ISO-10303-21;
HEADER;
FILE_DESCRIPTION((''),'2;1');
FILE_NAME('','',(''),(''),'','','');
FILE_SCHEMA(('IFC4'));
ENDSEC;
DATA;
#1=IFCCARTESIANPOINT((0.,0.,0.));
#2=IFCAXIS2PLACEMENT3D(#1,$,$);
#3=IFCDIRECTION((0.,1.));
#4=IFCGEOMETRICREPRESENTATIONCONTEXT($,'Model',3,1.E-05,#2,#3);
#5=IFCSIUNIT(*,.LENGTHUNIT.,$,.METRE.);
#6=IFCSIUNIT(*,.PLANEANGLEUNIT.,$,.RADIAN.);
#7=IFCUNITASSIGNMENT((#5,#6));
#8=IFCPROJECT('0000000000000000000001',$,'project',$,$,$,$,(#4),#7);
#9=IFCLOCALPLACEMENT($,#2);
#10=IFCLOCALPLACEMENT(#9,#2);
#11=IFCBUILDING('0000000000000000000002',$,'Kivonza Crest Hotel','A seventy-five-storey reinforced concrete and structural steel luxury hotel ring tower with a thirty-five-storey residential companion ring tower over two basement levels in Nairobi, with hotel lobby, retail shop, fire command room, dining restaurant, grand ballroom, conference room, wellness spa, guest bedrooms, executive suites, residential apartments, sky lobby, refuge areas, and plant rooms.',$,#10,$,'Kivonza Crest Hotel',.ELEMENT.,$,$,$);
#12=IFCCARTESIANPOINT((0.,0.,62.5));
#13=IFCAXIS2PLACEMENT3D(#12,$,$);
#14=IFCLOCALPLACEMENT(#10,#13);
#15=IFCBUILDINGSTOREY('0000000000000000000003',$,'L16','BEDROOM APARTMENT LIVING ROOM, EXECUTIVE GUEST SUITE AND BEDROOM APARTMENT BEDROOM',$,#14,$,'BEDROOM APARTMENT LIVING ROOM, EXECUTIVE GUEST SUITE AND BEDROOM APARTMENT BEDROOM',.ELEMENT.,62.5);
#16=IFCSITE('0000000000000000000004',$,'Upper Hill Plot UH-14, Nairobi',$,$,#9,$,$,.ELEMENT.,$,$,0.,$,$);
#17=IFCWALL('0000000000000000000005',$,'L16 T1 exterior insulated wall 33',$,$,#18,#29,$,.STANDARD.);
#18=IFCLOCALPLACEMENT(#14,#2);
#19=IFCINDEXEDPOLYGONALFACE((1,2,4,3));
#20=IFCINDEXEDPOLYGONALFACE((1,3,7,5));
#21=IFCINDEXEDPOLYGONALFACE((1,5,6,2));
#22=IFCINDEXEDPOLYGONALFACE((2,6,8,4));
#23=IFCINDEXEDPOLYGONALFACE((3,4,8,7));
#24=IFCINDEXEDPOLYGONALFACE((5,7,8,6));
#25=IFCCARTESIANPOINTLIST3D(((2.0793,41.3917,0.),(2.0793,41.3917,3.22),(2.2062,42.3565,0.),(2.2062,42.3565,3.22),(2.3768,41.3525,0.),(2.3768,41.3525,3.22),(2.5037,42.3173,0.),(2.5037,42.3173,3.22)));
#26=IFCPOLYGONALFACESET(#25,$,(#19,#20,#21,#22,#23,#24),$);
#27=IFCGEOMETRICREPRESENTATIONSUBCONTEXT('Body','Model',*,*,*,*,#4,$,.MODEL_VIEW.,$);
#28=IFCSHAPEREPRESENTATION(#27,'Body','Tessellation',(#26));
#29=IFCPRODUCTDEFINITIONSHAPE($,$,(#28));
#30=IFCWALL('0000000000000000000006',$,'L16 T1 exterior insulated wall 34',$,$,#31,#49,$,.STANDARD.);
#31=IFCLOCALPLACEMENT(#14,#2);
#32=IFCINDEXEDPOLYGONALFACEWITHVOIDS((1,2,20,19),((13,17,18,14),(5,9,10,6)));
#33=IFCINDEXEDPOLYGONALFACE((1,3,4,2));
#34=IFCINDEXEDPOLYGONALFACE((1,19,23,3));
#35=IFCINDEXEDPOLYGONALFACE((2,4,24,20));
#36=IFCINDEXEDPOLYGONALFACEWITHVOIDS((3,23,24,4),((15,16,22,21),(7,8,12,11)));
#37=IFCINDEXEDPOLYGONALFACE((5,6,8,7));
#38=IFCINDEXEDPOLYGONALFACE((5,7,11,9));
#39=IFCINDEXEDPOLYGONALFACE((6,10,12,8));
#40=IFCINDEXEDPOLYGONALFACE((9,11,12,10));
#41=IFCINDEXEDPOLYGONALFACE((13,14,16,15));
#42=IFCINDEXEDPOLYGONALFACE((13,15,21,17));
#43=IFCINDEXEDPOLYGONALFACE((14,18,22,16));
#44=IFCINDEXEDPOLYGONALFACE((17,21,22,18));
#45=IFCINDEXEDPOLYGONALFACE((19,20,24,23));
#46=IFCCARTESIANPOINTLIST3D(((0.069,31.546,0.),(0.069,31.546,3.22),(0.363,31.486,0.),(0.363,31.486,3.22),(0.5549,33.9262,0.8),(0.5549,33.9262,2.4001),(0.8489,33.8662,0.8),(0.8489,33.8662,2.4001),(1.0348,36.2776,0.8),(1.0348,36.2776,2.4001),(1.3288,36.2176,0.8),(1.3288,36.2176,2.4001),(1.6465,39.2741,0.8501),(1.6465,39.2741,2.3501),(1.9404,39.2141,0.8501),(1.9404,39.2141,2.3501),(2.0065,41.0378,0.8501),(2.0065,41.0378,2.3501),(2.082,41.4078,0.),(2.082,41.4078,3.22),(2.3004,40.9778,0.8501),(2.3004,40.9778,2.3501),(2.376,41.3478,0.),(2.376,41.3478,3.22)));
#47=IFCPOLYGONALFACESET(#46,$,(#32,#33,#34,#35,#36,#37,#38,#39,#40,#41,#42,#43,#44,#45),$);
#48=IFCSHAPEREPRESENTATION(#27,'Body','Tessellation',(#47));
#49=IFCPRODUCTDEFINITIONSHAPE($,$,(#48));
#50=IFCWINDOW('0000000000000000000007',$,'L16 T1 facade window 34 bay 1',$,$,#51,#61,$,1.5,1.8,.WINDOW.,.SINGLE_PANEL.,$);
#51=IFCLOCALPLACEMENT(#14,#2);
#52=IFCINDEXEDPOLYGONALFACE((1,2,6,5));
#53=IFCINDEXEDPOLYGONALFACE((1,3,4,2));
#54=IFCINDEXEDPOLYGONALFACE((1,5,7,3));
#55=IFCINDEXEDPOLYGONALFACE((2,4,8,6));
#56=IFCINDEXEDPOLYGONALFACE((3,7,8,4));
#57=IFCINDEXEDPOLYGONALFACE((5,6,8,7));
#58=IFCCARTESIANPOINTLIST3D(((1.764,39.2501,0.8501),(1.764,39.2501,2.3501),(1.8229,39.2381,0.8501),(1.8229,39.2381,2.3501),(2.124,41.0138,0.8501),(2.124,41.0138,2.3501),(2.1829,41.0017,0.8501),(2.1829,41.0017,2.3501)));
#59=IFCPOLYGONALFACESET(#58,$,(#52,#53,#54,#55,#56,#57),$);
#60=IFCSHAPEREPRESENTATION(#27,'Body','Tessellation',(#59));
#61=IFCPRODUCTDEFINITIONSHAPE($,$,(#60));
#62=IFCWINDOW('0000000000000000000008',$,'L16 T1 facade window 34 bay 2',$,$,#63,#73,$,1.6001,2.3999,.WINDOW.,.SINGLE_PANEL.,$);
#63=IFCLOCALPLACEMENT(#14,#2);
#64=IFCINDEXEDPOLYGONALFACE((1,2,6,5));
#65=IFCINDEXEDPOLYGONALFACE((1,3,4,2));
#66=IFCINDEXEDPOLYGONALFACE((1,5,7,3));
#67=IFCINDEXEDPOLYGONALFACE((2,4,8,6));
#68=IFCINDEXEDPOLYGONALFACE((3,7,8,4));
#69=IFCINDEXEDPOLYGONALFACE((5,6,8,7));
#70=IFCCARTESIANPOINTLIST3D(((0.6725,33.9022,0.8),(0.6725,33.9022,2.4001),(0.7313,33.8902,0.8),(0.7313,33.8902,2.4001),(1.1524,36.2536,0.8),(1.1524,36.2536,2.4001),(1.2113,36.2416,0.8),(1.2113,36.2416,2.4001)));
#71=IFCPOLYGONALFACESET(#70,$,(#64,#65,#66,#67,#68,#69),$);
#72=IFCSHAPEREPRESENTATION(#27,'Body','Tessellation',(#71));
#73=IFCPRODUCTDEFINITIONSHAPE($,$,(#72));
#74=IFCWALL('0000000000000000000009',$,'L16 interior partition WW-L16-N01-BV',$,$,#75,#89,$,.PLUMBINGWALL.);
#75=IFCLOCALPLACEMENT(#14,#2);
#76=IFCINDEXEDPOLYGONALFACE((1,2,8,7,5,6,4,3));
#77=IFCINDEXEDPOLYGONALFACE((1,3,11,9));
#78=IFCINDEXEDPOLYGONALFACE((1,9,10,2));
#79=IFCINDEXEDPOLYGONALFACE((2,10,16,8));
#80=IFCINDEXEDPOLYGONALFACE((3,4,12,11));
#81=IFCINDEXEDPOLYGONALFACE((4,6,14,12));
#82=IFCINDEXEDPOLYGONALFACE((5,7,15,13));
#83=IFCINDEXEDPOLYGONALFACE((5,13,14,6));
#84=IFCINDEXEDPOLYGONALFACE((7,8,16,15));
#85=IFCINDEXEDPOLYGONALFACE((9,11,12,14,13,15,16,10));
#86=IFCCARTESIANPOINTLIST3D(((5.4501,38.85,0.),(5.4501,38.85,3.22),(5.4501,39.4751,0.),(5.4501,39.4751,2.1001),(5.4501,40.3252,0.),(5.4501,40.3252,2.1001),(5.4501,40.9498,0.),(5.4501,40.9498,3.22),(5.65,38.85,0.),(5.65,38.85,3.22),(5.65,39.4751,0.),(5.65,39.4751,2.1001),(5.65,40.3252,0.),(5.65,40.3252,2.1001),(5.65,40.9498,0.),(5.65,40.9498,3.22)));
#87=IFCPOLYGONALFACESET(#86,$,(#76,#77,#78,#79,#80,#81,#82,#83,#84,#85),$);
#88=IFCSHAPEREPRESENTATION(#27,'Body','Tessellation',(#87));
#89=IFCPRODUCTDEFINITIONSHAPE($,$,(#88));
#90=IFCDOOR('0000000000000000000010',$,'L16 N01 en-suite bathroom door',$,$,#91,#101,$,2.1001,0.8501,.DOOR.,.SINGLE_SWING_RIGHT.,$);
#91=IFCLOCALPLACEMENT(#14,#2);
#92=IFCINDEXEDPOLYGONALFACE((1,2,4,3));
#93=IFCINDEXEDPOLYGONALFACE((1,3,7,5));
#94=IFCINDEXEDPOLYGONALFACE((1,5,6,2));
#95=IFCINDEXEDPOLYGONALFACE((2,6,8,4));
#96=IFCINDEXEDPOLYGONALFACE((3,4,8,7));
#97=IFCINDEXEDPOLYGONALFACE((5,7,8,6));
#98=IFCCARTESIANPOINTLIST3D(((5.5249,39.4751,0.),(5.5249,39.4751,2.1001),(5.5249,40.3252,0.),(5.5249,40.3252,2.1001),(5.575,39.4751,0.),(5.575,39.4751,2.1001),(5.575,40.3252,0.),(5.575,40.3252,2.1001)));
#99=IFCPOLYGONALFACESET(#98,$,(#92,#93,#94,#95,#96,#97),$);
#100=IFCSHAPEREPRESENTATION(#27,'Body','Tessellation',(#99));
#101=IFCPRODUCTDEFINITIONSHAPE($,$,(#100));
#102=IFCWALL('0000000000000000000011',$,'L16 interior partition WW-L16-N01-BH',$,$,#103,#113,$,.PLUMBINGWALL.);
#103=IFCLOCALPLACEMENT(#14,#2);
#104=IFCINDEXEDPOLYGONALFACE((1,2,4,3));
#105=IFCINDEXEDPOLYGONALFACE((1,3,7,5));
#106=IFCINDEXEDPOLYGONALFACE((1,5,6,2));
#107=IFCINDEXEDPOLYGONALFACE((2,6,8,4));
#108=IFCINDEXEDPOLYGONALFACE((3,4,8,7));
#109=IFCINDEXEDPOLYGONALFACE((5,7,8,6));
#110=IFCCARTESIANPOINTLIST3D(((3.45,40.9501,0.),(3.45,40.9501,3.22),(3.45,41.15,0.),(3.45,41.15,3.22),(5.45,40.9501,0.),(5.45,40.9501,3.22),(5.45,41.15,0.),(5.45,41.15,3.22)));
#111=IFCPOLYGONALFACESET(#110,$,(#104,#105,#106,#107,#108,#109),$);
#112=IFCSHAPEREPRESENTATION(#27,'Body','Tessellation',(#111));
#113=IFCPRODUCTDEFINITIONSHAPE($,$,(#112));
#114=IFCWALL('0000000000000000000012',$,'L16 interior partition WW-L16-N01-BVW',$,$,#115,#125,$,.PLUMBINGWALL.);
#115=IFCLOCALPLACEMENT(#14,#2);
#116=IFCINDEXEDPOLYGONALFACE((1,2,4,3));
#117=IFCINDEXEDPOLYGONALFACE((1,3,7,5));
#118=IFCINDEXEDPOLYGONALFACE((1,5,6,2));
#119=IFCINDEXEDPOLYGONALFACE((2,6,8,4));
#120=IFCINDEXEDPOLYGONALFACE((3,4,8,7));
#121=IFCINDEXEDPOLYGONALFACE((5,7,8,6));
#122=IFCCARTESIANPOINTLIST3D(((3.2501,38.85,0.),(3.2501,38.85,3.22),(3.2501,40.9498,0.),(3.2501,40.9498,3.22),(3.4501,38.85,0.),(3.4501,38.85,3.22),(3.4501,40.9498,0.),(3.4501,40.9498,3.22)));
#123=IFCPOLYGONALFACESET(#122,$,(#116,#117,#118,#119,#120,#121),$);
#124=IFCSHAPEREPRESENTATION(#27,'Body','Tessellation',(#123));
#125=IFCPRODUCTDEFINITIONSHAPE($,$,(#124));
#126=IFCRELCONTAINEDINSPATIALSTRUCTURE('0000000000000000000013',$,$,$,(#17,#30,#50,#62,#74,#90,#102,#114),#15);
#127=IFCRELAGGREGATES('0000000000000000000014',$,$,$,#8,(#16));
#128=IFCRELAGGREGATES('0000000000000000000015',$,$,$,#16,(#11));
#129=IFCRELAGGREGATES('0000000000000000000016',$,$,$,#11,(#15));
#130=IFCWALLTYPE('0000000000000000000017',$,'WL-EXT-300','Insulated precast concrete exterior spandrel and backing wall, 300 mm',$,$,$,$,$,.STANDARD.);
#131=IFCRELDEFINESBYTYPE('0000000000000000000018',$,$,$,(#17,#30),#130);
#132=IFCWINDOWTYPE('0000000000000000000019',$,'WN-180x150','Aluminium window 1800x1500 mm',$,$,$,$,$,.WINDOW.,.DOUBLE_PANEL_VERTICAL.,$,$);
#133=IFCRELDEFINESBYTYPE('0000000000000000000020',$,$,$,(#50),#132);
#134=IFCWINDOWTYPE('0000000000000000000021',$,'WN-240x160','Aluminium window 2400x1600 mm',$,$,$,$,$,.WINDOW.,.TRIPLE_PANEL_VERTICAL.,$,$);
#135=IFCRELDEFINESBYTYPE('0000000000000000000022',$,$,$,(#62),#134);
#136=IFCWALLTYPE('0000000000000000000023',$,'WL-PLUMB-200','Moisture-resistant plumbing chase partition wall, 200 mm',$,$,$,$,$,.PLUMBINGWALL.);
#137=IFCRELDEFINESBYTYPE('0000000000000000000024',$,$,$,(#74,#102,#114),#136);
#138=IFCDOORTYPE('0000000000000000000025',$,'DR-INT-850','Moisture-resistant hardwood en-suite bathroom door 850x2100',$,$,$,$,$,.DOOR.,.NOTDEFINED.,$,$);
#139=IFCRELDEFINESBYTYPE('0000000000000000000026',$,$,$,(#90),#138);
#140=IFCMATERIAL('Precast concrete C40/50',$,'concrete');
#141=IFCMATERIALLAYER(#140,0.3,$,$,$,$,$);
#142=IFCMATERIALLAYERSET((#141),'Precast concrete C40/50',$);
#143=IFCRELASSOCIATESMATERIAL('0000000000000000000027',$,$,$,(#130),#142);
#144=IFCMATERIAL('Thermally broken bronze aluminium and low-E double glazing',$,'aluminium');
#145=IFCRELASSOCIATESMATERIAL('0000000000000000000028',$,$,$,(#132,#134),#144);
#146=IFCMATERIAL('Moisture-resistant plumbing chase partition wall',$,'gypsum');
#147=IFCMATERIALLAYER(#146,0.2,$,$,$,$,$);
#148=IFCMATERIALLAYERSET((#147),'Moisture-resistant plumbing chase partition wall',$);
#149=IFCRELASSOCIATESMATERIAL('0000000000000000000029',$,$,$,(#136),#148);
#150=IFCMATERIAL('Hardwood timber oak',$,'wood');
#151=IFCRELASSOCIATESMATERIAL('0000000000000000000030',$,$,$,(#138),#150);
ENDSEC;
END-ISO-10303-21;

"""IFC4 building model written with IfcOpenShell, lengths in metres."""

from ifc_helpers import new_model, si_unit, direction, frame, frame_2d, origin, place, context, subcontext, project, spatial, rectangle, extrude, material, layer, layer_set, type_object, element, fill, save


model = new_model("IFC4")

# Units and contexts
model_context = context("Model", 3, precision=1e-05, world=origin(), true_north=direction((0.0, 1.0)))
body_context = subcontext(model_context, "Body", "Model", "MODEL_VIEW")
ifc_project = project(units=[si_unit("LENGTHUNIT", "METRE"), si_unit("PLANEANGLEUNIT", "RADIAN")], contexts=[model_context])

# Site, building, storey
site_placement = place(None, origin())
site = spatial("IfcSite", under=ifc_project, at=site_placement, Name="Upper Hill Plot UH-14, Nairobi", CompositionType="ELEMENT", RefElevation=0.0)
building_placement = place(site_placement, origin())
building = spatial("IfcBuilding", under=site, at=building_placement, Name="Kivonza Crest Hotel", Description="A seventy-five-storey reinforced concrete and structural steel luxury hotel ring tower with a thirty-five-storey residential companion ring tower over two basement levels in Nairobi, with hotel lobby, retail shop, fire command room, dining restaurant, grand ballroom, conference room, wellness spa, guest bedrooms, executive suites, residential apartments, sky lobby, refuge areas, and plant rooms.", LongName="Kivonza Crest Hotel", CompositionType="ELEMENT")
storey_placement = place(building_placement, frame((0.0, 0.0, 62.5)))
storey = spatial("IfcBuildingStorey", under=building, at=storey_placement, Name="L16", Description="BEDROOM APARTMENT LIVING ROOM, EXECUTIVE GUEST SUITE AND BEDROOM APARTMENT BEDROOM", LongName="BEDROOM APARTMENT LIVING ROOM, EXECUTIVE GUEST SUITE AND BEDROOM APARTMENT BEDROOM", CompositionType="ELEMENT", Elevation=62.5)

# Shared definitions
ifc_material_1 = material(Name="Hardwood timber oak", Category="wood")

# Wall
ifc_material_2 = material(Name="Precast concrete C40/50", Category="concrete")
ifc_layer_1 = layer(ifc_material_2, 0.3)
ifc_layer_set_1 = layer_set([ifc_layer_1], Name="Precast concrete C40/50")
wall_type_1 = type_object("IfcWallType", Name="WL-EXT-300", Description="Insulated precast concrete exterior spandrel and backing wall, 300 mm", PredefinedType="STANDARD", material=ifc_layer_set_1)
wall_1_placement = place(storey_placement, frame((2.355, 42.3369, 0.0), z_axis=(0.0, 0.0, 1.0), x_axis=(-0.130455, -0.991454, 0.0)))
element("IfcWall", 1, at=wall_1_placement, inside=storey, type_object=wall_type_1, Name="L16 T1 exterior insulated wall 33", PredefinedType="STANDARD", context=body_context, shape_type="SweptSolid", body=[
    extrude(rectangle(XDim=0.9731, YDim=0.3, at=frame_2d((0.4866, 0.0))), origin(), (0.0, 0.0, 1.0), 3.22),
])

# Wall, openings, windows
wall_2_placement = place(storey_placement, frame((2.229, 41.3779, 0.0), z_axis=(0.0, 0.0, 1.0), x_axis=(-0.199991, -0.979798, 0.0)))
wall_2 = element("IfcWall", 2, at=wall_2_placement, inside=storey, type_object=wall_type_1, Name="L16 T1 exterior insulated wall 34", PredefinedType="STANDARD", context=body_context, shape_type="SweptSolid", body=[
    extrude(rectangle(XDim=10.0652, YDim=0.3, at=frame_2d((5.0327, 0.0))), origin(), (0.0, 0.0, 1.0), 3.22),
])
opening_1_placement = place(wall_2_placement, frame((0.3779, 0.0, 0.8501)))
opening_1 = element("IfcOpeningElement", 3, at=opening_1_placement, cuts=wall_2, PredefinedType="OPENING", context=body_context, shape_type="SweptSolid", body=[
    extrude(rectangle(XDim=1.8, YDim=1.5, at=frame_2d((0.8999, 0.75))), frame((0.0, 0.1602, 0.0), z_axis=(0.0, -1.0, 0.0), x_axis=(1.0, 0.0, 0.0)), (0.0, 0.0, 1.0), 0.3201),
])
opening_2_placement = place(wall_2_placement, frame((5.2361, 0.0, 0.8)))
opening_2 = element("IfcOpeningElement", 4, at=opening_2_placement, cuts=wall_2, PredefinedType="OPENING", context=body_context, shape_type="SweptSolid", body=[
    extrude(rectangle(XDim=2.3999, YDim=1.6001, at=frame_2d((1.2, 0.8))), frame((0.0, 0.1602, 0.0), z_axis=(0.0, -1.0, 0.0), x_axis=(1.0, 0.0, 0.0)), (0.0, 0.0, 1.0), 0.3201),
])
ifc_material_3 = material(Name="Thermally broken bronze aluminium and low-E double glazing", Category="aluminium")
window_type_1 = type_object("IfcWindowType", Name="WN-180x150", Description="Aluminium window 1800x1500 mm", PartitioningType="DOUBLE_PANEL_VERTICAL", PredefinedType="WINDOW", material=ifc_material_3)
window_1_placement = place(opening_1_placement, origin())
window_1 = element("IfcWindow", 5, at=window_1_placement, inside=storey, type_object=window_type_1, Name="L16 T1 facade window 34 bay 1", OverallHeight=1.5, OverallWidth=1.8, PartitioningType="SINGLE_PANEL", PredefinedType="WINDOW", context=body_context, shape_type="SweptSolid", body=[
    extrude(rectangle(XDim=1.8, YDim=1.5, at=frame_2d((0.8999, 0.75))), frame((0.0, 0.03, 0.0), z_axis=(0.0, -1.0, 0.0), x_axis=(1.0, 0.0, 0.0)), (0.0, 0.0, 1.0), 0.0601),
])
fill(opening_1, window_1)
window_type_2 = type_object("IfcWindowType", Name="WN-240x160", Description="Aluminium window 2400x1600 mm", PartitioningType="TRIPLE_PANEL_VERTICAL", PredefinedType="WINDOW", material=ifc_material_3)
window_2_placement = place(opening_2_placement, origin())
window_2 = element("IfcWindow", 6, at=window_2_placement, inside=storey, type_object=window_type_2, Name="L16 T1 facade window 34 bay 2", OverallHeight=1.6001, OverallWidth=2.3999, PartitioningType="SINGLE_PANEL", PredefinedType="WINDOW", context=body_context, shape_type="SweptSolid", body=[
    extrude(rectangle(XDim=2.3999, YDim=1.6001, at=frame_2d((1.2, 0.8))), frame((0.0, 0.03, 0.0), z_axis=(0.0, -1.0, 0.0), x_axis=(1.0, 0.0, 0.0)), (0.0, 0.0, 1.0), 0.0601),
])
fill(opening_2, window_2)

# Wall, opening, door
ifc_material_4 = material(Name="Moisture-resistant plumbing chase partition wall", Category="gypsum")
ifc_layer_2 = layer(ifc_material_4, 0.2)
ifc_layer_set_2 = layer_set([ifc_layer_2], Name="Moisture-resistant plumbing chase partition wall")
wall_type_2 = type_object("IfcWallType", Name="WL-PLUMB-200", Description="Moisture-resistant plumbing chase partition wall, 200 mm", PredefinedType="PLUMBINGWALL", material=ifc_layer_set_2)
wall_3_placement = place(storey_placement, frame((5.55, 38.8501, 0.0), z_axis=(0.0, 0.0, 1.0), x_axis=(0.0, 1.0, 0.0)))
wall_3 = element("IfcWall", 7, at=wall_3_placement, inside=storey, type_object=wall_type_2, Name="L16 interior partition WW-L16-N01-BV", PredefinedType="PLUMBINGWALL", context=body_context, shape_type="SweptSolid", body=[
    extrude(rectangle(XDim=2.0999, YDim=0.2, at=frame_2d((1.0498, 0.0))), origin(), (0.0, 0.0, 1.0), 3.22),
])
opening_3_placement = place(wall_3_placement, frame((0.625, 0.0, 0.0)))
opening_3 = element("IfcOpeningElement", 8, at=opening_3_placement, cuts=wall_3, PredefinedType="OPENING", context=body_context, shape_type="SweptSolid", body=[
    extrude(rectangle(XDim=0.8501, YDim=2.1001, at=frame_2d((0.425, 1.05))), frame((0.0, 0.1099, 0.0), z_axis=(0.0, -1.0, 0.0), x_axis=(1.0, 0.0, 0.0)), (0.0, 0.0, 1.0), 0.22),
])
door_type_1 = type_object("IfcDoorType", Name="DR-INT-850", Description="Moisture-resistant hardwood en-suite bathroom door 850x2100", OperationType="NOTDEFINED", PredefinedType="DOOR", material=ifc_material_1)
door_1_placement = place(opening_3_placement, frame((0.8501, 0.0, 0.0), z_axis=(0.0, 0.0, 1.0), x_axis=(-1.0, 0.0, 0.0)))
door_1 = element("IfcDoor", 9, at=door_1_placement, inside=storey, type_object=door_type_1, Name="L16 N01 en-suite bathroom door", OperationType="SINGLE_SWING_RIGHT", OverallHeight=2.1001, OverallWidth=0.8501, PredefinedType="DOOR", context=body_context, shape_type="SweptSolid", body=[
    extrude(rectangle(XDim=0.8501, YDim=2.1001, at=frame_2d((0.425, 1.05))), frame((0.0, 0.0249, 0.0), z_axis=(0.0, -1.0, 0.0), x_axis=(1.0, 0.0, 0.0)), (0.0, 0.0, 1.0), 0.05),
])
fill(opening_3, door_1)

# Walls
wall_4_placement = place(storey_placement, frame((3.45, 41.05, 0.0), z_axis=(0.0, 0.0, 1.0), x_axis=(1.0, 0.0, 0.0)))
element("IfcWall", 10, at=wall_4_placement, inside=storey, type_object=wall_type_2, Name="L16 interior partition WW-L16-N01-BH", PredefinedType="PLUMBINGWALL", context=body_context, shape_type="SweptSolid", body=[
    extrude(rectangle(XDim=2.0, YDim=0.2, at=frame_2d((1.0, 0.0))), origin(), (0.0, 0.0, 1.0), 3.22),
])
wall_5_placement = place(storey_placement, frame((3.3501, 38.8501, 0.0), z_axis=(0.0, 0.0, 1.0), x_axis=(0.0, 1.0, 0.0)))
element("IfcWall", 11, at=wall_5_placement, inside=storey, type_object=wall_type_2, Name="L16 interior partition WW-L16-N01-BVW", PredefinedType="PLUMBINGWALL", context=body_context, shape_type="SweptSolid", body=[
    extrude(rectangle(XDim=2.0999, YDim=0.2, at=frame_2d((1.0498, 0.0))), origin(), (0.0, 0.0, 1.0), 3.22),
])

save(model, "model.ifc")
